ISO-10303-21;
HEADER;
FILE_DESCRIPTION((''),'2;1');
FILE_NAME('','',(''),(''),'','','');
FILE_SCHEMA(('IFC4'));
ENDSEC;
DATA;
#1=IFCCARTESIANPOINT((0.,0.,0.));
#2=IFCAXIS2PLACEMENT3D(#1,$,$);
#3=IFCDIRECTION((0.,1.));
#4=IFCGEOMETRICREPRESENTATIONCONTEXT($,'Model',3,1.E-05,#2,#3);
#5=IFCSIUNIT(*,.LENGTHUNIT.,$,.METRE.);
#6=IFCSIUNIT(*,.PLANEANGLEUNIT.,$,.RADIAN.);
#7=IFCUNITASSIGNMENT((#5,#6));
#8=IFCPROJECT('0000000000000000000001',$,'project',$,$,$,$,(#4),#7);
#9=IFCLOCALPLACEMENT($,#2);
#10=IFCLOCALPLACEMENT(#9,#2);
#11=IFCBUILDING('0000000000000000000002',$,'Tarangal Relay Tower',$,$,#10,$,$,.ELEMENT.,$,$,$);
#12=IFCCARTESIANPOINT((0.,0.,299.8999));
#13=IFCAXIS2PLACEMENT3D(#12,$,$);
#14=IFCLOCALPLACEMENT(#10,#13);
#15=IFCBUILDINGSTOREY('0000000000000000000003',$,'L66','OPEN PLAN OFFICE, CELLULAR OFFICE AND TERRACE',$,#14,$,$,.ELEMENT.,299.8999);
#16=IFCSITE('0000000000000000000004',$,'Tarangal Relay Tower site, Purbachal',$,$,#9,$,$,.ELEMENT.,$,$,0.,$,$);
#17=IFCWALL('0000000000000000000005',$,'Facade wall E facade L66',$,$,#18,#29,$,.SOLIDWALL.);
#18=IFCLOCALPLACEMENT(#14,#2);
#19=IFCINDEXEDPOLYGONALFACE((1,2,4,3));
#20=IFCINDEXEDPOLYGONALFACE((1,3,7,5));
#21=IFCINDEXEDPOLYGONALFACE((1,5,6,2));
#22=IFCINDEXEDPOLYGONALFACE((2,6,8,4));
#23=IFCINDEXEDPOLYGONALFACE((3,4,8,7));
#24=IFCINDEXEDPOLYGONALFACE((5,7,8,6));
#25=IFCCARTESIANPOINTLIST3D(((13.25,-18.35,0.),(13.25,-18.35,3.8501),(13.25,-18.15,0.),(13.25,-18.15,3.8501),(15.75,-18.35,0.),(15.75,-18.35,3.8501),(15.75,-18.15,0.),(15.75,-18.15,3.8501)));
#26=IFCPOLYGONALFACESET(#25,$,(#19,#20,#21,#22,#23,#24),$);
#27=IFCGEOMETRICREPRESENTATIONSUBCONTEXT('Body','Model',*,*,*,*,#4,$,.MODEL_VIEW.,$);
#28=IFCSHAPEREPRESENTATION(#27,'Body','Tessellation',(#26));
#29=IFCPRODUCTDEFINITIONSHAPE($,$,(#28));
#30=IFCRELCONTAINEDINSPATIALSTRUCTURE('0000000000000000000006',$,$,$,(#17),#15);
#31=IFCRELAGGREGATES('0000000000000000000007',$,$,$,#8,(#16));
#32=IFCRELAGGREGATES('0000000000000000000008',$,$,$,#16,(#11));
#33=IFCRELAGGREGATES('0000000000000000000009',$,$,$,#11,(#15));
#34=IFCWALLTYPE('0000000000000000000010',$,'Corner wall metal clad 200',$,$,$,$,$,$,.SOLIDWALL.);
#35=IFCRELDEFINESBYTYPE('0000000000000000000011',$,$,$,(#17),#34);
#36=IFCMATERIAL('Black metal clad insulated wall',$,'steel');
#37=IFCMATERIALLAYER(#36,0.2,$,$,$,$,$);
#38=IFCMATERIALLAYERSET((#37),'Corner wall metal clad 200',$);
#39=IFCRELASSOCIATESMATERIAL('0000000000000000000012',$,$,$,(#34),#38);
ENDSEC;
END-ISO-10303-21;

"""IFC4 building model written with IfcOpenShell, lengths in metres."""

from ifc_helpers import new_model, si_unit, direction, frame, frame_2d, origin, place, context, subcontext, project, spatial, rectangle, extrude, material, layer, layer_set, type_object, element, save


model = new_model("IFC4")

# Units and contexts
model_context = context("Model", 3, precision=1e-05, world=origin(), true_north=direction((0.0, 1.0)))
body_context = subcontext(model_context, "Body", "Model", "MODEL_VIEW")
ifc_project = project(units=[si_unit("LENGTHUNIT", "METRE"), si_unit("PLANEANGLEUNIT", "RADIAN")], contexts=[model_context])

# Site, building, storey
site_placement = place(None, origin())
site = spatial("IfcSite", under=ifc_project, at=site_placement, Name="Tarangal Relay Tower site, Purbachal", CompositionType="ELEMENT", RefElevation=0.0)
building_placement = place(site_placement, origin())
building = spatial("IfcBuilding", under=site, at=building_placement, Name="Tarangal Relay Tower", CompositionType="ELEMENT")
storey_placement = place(building_placement, frame((0.0, 0.0, 299.8999)))
storey = spatial("IfcBuildingStorey", under=building, at=storey_placement, Name="L66", Description="OPEN PLAN OFFICE, CELLULAR OFFICE AND TERRACE", CompositionType="ELEMENT", Elevation=299.8999)

# Shared definitions
ifc_material_1 = material(Name="Black metal clad insulated wall", Category="steel")
ifc_layer_1 = layer(ifc_material_1, 0.2)
ifc_layer_set_1 = layer_set([ifc_layer_1], Name="Corner wall metal clad 200")
wall_type = type_object("IfcWallType", Name="Corner wall metal clad 200", PredefinedType="SOLIDWALL", material=ifc_layer_set_1)

# Wall
wall_1_placement = place(storey_placement, frame((15.75, -18.25, 0.0), z_axis=(0.0, 0.0, 1.0), x_axis=(-1.0, 0.0, 0.0)))
element("IfcWall", 1, at=wall_1_placement, inside=storey, type_object=wall_type, Name="Facade wall E facade L66", PredefinedType="SOLIDWALL", context=body_context, shape_type="SweptSolid", body=[
    extrude(rectangle(XDim=2.5, YDim=0.2, at=frame_2d((1.25, 0.0))), origin(), (0.0, 0.0, 1.0), 3.8501),
])

save(model, "model.ifc")
